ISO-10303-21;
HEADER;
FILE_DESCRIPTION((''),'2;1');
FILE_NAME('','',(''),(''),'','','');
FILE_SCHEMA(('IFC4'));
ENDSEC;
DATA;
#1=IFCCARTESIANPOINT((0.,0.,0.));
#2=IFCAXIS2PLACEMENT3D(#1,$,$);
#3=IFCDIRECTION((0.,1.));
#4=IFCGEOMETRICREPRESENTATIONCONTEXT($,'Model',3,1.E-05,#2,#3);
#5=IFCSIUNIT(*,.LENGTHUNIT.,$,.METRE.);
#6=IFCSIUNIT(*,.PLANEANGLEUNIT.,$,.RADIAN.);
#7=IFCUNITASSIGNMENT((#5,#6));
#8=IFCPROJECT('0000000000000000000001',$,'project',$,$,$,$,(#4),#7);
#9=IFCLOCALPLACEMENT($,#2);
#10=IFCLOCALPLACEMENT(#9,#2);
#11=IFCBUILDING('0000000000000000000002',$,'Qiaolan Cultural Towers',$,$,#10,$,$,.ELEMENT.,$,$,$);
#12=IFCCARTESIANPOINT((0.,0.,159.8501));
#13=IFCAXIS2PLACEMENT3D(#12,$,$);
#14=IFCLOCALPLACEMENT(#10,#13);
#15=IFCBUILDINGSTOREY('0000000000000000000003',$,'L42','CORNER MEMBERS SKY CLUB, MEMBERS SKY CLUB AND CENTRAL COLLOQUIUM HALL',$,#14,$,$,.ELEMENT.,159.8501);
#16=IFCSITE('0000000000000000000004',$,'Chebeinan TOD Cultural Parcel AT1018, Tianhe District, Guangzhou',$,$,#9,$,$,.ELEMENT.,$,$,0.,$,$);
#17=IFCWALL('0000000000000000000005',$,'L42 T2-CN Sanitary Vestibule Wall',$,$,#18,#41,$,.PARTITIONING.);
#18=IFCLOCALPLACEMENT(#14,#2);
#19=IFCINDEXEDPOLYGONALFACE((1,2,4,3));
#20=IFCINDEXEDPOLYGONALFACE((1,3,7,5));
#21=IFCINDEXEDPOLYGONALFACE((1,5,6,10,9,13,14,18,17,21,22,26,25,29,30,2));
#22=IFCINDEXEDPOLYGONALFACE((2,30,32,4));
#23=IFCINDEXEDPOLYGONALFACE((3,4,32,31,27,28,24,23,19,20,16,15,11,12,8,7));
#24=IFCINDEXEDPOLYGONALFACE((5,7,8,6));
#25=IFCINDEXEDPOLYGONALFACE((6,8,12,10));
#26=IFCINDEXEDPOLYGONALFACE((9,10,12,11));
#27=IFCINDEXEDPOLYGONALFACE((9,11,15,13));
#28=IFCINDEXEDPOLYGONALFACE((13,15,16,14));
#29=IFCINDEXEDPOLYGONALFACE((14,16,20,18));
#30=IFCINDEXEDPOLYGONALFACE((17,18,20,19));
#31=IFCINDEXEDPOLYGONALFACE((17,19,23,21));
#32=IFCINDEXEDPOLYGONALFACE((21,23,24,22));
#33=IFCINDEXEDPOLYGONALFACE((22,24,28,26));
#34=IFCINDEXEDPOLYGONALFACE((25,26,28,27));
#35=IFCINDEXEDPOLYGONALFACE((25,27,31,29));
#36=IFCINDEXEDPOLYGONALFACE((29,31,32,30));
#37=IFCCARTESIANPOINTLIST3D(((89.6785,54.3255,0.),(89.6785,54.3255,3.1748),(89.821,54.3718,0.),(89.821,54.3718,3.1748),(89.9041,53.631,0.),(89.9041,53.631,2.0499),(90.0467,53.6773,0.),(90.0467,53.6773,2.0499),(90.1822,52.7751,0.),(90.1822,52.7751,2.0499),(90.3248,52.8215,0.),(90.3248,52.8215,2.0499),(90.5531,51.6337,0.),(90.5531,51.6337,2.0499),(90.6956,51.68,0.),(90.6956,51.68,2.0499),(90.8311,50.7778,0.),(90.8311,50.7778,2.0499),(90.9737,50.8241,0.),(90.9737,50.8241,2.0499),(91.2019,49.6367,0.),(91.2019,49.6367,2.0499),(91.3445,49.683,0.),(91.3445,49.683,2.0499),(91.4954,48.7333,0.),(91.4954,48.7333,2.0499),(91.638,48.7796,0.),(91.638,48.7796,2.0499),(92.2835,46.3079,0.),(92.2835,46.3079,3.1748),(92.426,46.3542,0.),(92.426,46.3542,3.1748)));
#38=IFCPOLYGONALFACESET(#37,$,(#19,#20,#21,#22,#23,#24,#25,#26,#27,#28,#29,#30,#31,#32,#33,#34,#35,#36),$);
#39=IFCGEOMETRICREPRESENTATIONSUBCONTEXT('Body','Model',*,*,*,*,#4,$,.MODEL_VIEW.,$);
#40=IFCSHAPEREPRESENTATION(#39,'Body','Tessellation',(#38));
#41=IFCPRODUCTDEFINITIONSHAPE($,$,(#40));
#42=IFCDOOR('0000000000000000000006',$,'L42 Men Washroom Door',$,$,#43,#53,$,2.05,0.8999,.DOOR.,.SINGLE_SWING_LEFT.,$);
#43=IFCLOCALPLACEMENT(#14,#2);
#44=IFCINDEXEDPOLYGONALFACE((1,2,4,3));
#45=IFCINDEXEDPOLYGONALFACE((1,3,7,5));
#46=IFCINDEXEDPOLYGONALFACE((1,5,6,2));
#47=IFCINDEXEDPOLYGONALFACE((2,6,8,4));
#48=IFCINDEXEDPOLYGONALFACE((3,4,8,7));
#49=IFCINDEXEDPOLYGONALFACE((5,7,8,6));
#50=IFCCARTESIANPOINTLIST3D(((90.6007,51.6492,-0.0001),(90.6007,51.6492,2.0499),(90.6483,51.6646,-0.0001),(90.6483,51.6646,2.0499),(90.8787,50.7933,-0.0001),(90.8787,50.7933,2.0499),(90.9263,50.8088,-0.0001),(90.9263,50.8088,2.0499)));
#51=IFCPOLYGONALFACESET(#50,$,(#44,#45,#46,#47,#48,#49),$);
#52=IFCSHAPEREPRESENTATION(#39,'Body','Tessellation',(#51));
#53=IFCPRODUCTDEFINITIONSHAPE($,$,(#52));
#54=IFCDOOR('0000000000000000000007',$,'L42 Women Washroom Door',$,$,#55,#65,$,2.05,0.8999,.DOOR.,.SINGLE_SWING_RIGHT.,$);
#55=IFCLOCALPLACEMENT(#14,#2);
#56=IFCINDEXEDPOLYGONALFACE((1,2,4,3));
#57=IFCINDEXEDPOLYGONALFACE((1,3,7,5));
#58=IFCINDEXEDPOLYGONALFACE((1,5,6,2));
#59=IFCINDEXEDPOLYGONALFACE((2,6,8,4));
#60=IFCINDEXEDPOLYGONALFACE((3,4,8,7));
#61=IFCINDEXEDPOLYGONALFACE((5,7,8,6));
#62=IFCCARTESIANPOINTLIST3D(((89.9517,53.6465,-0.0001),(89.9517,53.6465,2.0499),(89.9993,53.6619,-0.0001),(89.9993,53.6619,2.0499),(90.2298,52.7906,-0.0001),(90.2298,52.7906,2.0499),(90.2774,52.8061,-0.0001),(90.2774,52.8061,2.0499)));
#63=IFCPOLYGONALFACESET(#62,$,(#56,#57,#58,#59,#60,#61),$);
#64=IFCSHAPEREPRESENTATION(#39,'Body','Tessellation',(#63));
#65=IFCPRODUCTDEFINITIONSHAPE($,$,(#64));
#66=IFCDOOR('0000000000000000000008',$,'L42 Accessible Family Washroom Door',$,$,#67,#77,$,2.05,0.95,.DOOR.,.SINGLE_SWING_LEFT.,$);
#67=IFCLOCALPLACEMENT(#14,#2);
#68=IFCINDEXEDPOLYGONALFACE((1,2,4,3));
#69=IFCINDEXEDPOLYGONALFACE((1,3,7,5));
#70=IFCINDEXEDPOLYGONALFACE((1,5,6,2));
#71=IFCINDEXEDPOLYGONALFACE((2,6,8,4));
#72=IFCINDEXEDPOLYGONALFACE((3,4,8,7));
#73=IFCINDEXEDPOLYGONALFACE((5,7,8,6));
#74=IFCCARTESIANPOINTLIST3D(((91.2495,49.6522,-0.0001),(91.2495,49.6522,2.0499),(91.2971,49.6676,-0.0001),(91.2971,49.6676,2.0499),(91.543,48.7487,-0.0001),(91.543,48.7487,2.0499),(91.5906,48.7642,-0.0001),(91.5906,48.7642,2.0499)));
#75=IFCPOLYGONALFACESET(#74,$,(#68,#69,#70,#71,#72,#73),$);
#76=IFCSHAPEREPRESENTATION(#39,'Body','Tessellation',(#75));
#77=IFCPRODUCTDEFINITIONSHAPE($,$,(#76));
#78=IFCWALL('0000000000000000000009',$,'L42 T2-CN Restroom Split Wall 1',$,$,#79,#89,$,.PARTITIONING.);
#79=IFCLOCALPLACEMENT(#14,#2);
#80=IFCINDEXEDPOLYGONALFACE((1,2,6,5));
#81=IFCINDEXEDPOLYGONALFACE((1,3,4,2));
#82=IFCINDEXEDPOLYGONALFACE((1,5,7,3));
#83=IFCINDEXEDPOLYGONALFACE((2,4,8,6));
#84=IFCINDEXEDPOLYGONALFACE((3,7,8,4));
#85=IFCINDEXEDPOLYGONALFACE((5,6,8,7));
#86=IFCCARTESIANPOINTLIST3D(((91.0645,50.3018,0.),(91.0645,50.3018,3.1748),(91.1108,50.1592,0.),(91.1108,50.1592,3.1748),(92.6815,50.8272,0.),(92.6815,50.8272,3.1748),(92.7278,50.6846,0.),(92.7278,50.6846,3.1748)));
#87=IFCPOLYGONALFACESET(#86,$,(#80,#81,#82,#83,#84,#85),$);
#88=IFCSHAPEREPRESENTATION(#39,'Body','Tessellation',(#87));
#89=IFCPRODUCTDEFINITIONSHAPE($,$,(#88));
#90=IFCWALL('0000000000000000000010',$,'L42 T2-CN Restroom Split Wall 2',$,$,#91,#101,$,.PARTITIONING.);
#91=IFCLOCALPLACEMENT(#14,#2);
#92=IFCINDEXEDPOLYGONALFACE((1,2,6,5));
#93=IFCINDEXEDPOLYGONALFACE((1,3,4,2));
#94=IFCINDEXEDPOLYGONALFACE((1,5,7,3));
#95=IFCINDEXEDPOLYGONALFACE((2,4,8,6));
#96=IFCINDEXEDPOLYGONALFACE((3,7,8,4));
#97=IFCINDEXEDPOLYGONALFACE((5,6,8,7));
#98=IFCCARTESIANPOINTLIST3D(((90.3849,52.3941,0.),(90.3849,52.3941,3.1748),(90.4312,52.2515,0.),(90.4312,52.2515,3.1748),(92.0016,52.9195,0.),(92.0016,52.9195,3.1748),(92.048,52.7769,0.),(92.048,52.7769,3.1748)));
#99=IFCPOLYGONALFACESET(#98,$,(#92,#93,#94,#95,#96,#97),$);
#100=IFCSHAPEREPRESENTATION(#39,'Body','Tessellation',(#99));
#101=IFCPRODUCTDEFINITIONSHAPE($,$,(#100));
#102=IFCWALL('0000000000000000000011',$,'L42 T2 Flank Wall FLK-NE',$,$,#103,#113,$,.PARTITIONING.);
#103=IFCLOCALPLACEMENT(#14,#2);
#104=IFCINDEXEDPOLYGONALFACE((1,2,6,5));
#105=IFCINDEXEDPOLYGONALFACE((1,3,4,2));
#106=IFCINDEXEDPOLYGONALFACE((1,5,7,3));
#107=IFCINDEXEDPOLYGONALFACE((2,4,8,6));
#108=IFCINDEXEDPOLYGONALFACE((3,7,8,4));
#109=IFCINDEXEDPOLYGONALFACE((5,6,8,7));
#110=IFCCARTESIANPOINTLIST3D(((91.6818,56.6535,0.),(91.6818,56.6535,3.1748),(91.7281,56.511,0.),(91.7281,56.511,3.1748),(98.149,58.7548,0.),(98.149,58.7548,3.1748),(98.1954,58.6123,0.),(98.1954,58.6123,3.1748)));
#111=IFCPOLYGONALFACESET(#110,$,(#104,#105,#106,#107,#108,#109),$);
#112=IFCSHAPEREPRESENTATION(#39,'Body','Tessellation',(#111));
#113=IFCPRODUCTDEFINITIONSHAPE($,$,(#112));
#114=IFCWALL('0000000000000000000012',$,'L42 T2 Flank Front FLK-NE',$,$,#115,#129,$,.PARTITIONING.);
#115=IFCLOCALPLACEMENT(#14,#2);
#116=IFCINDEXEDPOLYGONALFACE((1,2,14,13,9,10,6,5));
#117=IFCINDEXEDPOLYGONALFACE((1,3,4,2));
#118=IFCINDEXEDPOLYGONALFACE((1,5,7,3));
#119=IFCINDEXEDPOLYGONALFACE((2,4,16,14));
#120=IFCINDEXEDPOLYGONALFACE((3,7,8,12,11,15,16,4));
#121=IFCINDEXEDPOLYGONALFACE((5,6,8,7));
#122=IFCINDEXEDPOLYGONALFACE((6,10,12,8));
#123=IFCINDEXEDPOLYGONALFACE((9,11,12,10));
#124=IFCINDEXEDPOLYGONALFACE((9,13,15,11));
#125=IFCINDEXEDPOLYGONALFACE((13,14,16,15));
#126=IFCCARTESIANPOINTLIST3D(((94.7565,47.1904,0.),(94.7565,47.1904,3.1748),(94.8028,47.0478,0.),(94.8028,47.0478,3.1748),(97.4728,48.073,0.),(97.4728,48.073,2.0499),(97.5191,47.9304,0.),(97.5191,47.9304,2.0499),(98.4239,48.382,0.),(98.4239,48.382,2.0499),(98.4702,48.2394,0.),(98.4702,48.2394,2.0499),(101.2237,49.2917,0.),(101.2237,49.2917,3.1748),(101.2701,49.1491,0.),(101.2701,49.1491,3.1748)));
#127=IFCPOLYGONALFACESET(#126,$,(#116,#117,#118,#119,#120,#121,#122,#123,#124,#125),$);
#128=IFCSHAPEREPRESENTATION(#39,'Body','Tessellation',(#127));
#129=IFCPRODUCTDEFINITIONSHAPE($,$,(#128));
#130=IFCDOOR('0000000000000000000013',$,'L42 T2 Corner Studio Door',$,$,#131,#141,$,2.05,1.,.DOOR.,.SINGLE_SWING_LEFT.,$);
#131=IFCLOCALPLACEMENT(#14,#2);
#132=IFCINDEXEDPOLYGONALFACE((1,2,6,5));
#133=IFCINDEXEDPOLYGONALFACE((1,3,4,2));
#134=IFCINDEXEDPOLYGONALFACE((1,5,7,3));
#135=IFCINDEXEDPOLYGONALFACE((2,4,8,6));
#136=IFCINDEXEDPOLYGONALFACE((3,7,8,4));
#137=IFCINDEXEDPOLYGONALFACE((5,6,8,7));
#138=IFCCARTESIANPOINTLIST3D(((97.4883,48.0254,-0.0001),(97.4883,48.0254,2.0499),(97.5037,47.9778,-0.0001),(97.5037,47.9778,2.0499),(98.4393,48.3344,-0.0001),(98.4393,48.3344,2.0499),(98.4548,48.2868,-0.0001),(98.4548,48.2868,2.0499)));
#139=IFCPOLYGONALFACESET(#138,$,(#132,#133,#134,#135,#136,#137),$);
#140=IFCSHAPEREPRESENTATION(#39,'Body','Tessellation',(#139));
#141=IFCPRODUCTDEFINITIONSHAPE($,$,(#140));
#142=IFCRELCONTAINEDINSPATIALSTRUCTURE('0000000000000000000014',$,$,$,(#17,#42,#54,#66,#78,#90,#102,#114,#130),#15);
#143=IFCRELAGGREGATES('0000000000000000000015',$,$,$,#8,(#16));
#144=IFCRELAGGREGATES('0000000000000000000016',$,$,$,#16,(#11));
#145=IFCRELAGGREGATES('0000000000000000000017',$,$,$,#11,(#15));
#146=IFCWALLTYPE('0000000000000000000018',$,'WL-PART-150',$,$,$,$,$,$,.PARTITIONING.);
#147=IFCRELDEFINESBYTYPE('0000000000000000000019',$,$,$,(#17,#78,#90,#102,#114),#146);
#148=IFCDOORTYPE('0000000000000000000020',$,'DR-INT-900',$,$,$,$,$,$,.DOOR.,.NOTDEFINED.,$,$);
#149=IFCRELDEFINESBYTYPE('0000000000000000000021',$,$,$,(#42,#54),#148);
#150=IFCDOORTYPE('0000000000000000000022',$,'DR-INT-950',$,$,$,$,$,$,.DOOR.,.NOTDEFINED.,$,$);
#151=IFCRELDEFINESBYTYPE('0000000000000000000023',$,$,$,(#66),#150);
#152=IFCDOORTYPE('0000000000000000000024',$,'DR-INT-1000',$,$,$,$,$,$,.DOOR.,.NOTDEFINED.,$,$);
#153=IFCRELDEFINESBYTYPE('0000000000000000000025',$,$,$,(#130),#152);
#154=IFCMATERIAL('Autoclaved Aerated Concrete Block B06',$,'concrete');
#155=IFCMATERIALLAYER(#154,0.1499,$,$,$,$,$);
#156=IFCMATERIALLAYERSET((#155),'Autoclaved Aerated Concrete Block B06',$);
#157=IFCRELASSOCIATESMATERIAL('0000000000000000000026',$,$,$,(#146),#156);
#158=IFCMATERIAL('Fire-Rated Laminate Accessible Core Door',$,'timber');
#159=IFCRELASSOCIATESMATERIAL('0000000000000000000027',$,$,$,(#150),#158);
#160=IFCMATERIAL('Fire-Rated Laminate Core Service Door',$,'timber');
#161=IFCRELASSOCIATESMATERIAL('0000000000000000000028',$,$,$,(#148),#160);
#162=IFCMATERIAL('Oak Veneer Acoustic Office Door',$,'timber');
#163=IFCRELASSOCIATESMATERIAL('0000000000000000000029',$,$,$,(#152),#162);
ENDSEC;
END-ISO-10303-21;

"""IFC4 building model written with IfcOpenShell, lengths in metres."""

from ifc_helpers import new_model, si_unit, direction, frame, frame_2d, origin, place, context, subcontext, project, spatial, rectangle, extrude, material, layer, layer_set, type_object, element, fill, save


model = new_model("IFC4")

# Units and contexts
model_context = context("Model", 3, precision=1e-05, world=origin(), true_north=direction((0.0, 1.0)))
body_context = subcontext(model_context, "Body", "Model", "MODEL_VIEW")
ifc_project = project(units=[si_unit("LENGTHUNIT", "METRE"), si_unit("PLANEANGLEUNIT", "RADIAN")], contexts=[model_context])

# Site, building, storey
site_placement = place(None, origin())
site = spatial("IfcSite", under=ifc_project, at=site_placement, Name="Chebeinan TOD Cultural Parcel AT1018, Tianhe District, Guangzhou", CompositionType="ELEMENT", RefElevation=0.0)
building_placement = place(site_placement, origin())
building = spatial("IfcBuilding", under=site, at=building_placement, Name="Qiaolan Cultural Towers", CompositionType="ELEMENT")
storey_placement = place(building_placement, frame((0.0, 0.0, 159.8501)))
storey = spatial("IfcBuildingStorey", under=building, at=storey_placement, Name="L42", Description="CORNER MEMBERS SKY CLUB, MEMBERS SKY CLUB AND CENTRAL COLLOQUIUM HALL", CompositionType="ELEMENT", Elevation=159.8501)

# Shared definitions
ifc_material_1 = material(Name="Autoclaved Aerated Concrete Block B06", Category="concrete")
ifc_layer_1 = layer(ifc_material_1, 0.1499)
ifc_layer_set_1 = layer_set([ifc_layer_1], Name="Autoclaved Aerated Concrete Block B06")
wall_type_1 = type_object("IfcWallType", Name="WL-PART-150", PredefinedType="PARTITIONING", material=ifc_layer_set_1)
ifc_material_2 = material(Name="Fire-Rated Laminate Accessible Core Door", Category="timber")
door_type_1 = type_object("IfcDoorType", Name="DR-INT-950", OperationType="NOTDEFINED", PredefinedType="DOOR", material=ifc_material_2)

# Wall, openings, doors
wall_1_placement = place(storey_placement, frame((92.3547, 46.3311, 0.0), z_axis=(0.0, 0.0, 1.0), x_axis=(-0.309007, 0.95106, 0.0)))
wall_1 = element("IfcWall", 1, at=wall_1_placement, inside=storey, type_object=wall_type_1, Name="L42 T2-CN Sanitary Vestibule Wall", PredefinedType="PARTITIONING", context=body_context, shape_type="SweptSolid", body=[
    extrude(rectangle(XDim=8.4302, YDim=0.1499, at=frame_2d((4.2151, 0.0))), origin(), (0.0, 0.0, 1.0), 3.1748),
])
opening_1_placement = place(wall_1_placement, frame((2.55, 0.0, 0.0)))
opening_1 = element("IfcOpeningElement", 2, at=opening_1_placement, cuts=wall_1, PredefinedType="OPENING", context=body_context, shape_type="SweptSolid", body=[
    extrude(rectangle(XDim=0.95, YDim=2.05, at=frame_2d((0.4751, 1.0249))), frame((0.0, 0.085, 0.0), z_axis=(0.0, -1.0, 0.0), x_axis=(1.0, 0.0, 0.0)), (0.0, 0.0, 1.0), 0.1699),
])
opening_2_placement = place(wall_1_placement, frame((4.7, 0.0, 0.0)))
opening_2 = element("IfcOpeningElement", 3, at=opening_2_placement, cuts=wall_1, PredefinedType="OPENING", context=body_context, shape_type="SweptSolid", body=[
    extrude(rectangle(XDim=0.8999, YDim=2.05, at=frame_2d((0.45, 1.0249))), frame((0.0, 0.085, 0.0), z_axis=(0.0, -1.0, 0.0), x_axis=(1.0, 0.0, 0.0)), (0.0, 0.0, 1.0), 0.1699),
])
opening_3_placement = place(wall_1_placement, frame((6.8, 0.0, 0.0)))
opening_3 = element("IfcOpeningElement", 4, at=opening_3_placement, cuts=wall_1, PredefinedType="OPENING", context=body_context, shape_type="SweptSolid", body=[
    extrude(rectangle(XDim=0.8999, YDim=2.05, at=frame_2d((0.45, 1.0249))), frame((0.0, 0.085, 0.0), z_axis=(0.0, -1.0, 0.0), x_axis=(1.0, 0.0, 0.0)), (0.0, 0.0, 1.0), 0.1699),
])
ifc_material_3 = material(Name="Fire-Rated Laminate Core Service Door", Category="timber")
door_type_2 = type_object("IfcDoorType", Name="DR-INT-900", OperationType="NOTDEFINED", PredefinedType="DOOR", material=ifc_material_3)
door_1_placement = place(opening_2_placement, origin())
door_1 = element("IfcDoor", 5, at=door_1_placement, inside=storey, type_object=door_type_2, Name="L42 Men Washroom Door", OperationType="SINGLE_SWING_LEFT", OverallHeight=2.05, OverallWidth=0.8999, PredefinedType="DOOR", context=body_context, shape_type="SweptSolid", body=[
    extrude(rectangle(XDim=0.8999, YDim=2.05, at=frame_2d((0.45, 1.0249))), frame((0.0, 0.0249, 0.0), z_axis=(0.0, -1.0, 0.0), x_axis=(1.0, 0.0, 0.0)), (0.0, 0.0, 1.0), 0.05),
])
fill(opening_2, door_1)
door_2_placement = place(opening_3_placement, origin())
door_2 = element("IfcDoor", 6, at=door_2_placement, inside=storey, type_object=door_type_2, Name="L42 Women Washroom Door", OperationType="SINGLE_SWING_RIGHT", OverallHeight=2.05, OverallWidth=0.8999, PredefinedType="DOOR", context=body_context, shape_type="SweptSolid", body=[
    extrude(rectangle(XDim=0.8999, YDim=2.05, at=frame_2d((0.45, 1.0249))), frame((0.0, 0.0249, 0.0), z_axis=(0.0, -1.0, 0.0), x_axis=(1.0, 0.0, 0.0)), (0.0, 0.0, 1.0), 0.05),
])
fill(opening_3, door_2)
door_3_placement = place(opening_1_placement, origin())
door_3 = element("IfcDoor", 7, at=door_3_placement, inside=storey, type_object=door_type_1, Name="L42 Accessible Family Washroom Door", OperationType="SINGLE_SWING_LEFT", OverallHeight=2.05, OverallWidth=0.95, PredefinedType="DOOR", context=body_context, shape_type="SweptSolid", body=[
    extrude(rectangle(XDim=0.95, YDim=2.05, at=frame_2d((0.4751, 1.0249))), frame((0.0, 0.0249, 0.0), z_axis=(0.0, -1.0, 0.0), x_axis=(1.0, 0.0, 0.0)), (0.0, 0.0, 1.0), 0.05),
])
fill(opening_1, door_3)

# Walls
wall_2_placement = place(storey_placement, frame((91.0876, 50.2305, 0.0), z_axis=(0.0, 0.0, 1.0), x_axis=(0.951054, 0.309024, 0.0)))
element("IfcWall", 8, at=wall_2_placement, inside=storey, type_object=wall_type_1, Name="L42 T2-CN Restroom Split Wall 1", PredefinedType="PARTITIONING", context=body_context, shape_type="SweptSolid", body=[
    extrude(rectangle(XDim=1.7002, YDim=0.1499, at=frame_2d((0.8501, 0.0))), origin(), (0.0, 0.0, 1.0), 3.1748),
])
wall_3_placement = place(storey_placement, frame((90.408, 52.3228, 0.0), z_axis=(0.0, 0.0, 1.0), x_axis=(0.95104, 0.309067, 0.0)))
element("IfcWall", 9, at=wall_3_placement, inside=storey, type_object=wall_type_1, Name="L42 T2-CN Restroom Split Wall 2", PredefinedType="PARTITIONING", context=body_context, shape_type="SweptSolid", body=[
    extrude(rectangle(XDim=1.7, YDim=0.1499, at=frame_2d((0.8501, 0.0))), origin(), (0.0, 0.0, 1.0), 3.1748),
])
wall_4_placement = place(storey_placement, frame((91.7051, 56.5823, 0.0), z_axis=(0.0, 0.0, 1.0), x_axis=(0.951058, 0.309013, 0.0)))
element("IfcWall", 10, at=wall_4_placement, inside=storey, type_object=wall_type_1, Name="L42 T2 Flank Wall FLK-NE", PredefinedType="PARTITIONING", context=body_context, shape_type="SweptSolid", body=[
    extrude(rectangle(XDim=6.8, YDim=0.1499, at=frame_2d((3.3999, 0.0))), origin(), (0.0, 0.0, 1.0), 3.1748),
])

# Wall, opening, door
wall_5_placement = place(storey_placement, frame((94.7798, 47.1191, 0.0), z_axis=(0.0, 0.0, 1.0), x_axis=(0.951058, 0.309013, 0.0)))
wall_5 = element("IfcWall", 11, at=wall_5_placement, inside=storey, type_object=wall_type_1, Name="L42 T2 Flank Front FLK-NE", PredefinedType="PARTITIONING", context=body_context, shape_type="SweptSolid", body=[
    extrude(rectangle(XDim=6.8, YDim=0.1499, at=frame_2d((3.3999, 0.0))), origin(), (0.0, 0.0, 1.0), 3.1748),
])
opening_4_placement = place(wall_5_placement, frame((2.856, 0.0, 0.0)))
opening_4 = element("IfcOpeningElement", 12, at=opening_4_placement, cuts=wall_5, PredefinedType="OPENING", context=body_context, shape_type="SweptSolid", body=[
    extrude(rectangle(XDim=1.0, YDim=2.05, at=frame_2d((0.5, 1.0249))), frame((0.0, 0.085, 0.0), z_axis=(0.0, -1.0, 0.0), x_axis=(1.0, 0.0, 0.0)), (0.0, 0.0, 1.0), 0.1699),
])
ifc_material_4 = material(Name="Oak Veneer Acoustic Office Door", Category="timber")
door_type_3 = type_object("IfcDoorType", Name="DR-INT-1000", OperationType="NOTDEFINED", PredefinedType="DOOR", material=ifc_material_4)
door_4_placement = place(opening_4_placement, origin())
door_4 = element("IfcDoor", 13, at=door_4_placement, inside=storey, type_object=door_type_3, Name="L42 T2 Corner Studio Door", OperationType="SINGLE_SWING_LEFT", OverallHeight=2.05, OverallWidth=1.0, PredefinedType="DOOR", context=body_context, shape_type="SweptSolid", body=[
    extrude(rectangle(XDim=1.0, YDim=2.05, at=frame_2d((0.5, 1.0249))), frame((0.0, 0.0249, 0.0), z_axis=(0.0, -1.0, 0.0), x_axis=(1.0, 0.0, 0.0)), (0.0, 0.0, 1.0), 0.05),
])
fill(opening_4, door_4)

save(model, "model.ifc")
